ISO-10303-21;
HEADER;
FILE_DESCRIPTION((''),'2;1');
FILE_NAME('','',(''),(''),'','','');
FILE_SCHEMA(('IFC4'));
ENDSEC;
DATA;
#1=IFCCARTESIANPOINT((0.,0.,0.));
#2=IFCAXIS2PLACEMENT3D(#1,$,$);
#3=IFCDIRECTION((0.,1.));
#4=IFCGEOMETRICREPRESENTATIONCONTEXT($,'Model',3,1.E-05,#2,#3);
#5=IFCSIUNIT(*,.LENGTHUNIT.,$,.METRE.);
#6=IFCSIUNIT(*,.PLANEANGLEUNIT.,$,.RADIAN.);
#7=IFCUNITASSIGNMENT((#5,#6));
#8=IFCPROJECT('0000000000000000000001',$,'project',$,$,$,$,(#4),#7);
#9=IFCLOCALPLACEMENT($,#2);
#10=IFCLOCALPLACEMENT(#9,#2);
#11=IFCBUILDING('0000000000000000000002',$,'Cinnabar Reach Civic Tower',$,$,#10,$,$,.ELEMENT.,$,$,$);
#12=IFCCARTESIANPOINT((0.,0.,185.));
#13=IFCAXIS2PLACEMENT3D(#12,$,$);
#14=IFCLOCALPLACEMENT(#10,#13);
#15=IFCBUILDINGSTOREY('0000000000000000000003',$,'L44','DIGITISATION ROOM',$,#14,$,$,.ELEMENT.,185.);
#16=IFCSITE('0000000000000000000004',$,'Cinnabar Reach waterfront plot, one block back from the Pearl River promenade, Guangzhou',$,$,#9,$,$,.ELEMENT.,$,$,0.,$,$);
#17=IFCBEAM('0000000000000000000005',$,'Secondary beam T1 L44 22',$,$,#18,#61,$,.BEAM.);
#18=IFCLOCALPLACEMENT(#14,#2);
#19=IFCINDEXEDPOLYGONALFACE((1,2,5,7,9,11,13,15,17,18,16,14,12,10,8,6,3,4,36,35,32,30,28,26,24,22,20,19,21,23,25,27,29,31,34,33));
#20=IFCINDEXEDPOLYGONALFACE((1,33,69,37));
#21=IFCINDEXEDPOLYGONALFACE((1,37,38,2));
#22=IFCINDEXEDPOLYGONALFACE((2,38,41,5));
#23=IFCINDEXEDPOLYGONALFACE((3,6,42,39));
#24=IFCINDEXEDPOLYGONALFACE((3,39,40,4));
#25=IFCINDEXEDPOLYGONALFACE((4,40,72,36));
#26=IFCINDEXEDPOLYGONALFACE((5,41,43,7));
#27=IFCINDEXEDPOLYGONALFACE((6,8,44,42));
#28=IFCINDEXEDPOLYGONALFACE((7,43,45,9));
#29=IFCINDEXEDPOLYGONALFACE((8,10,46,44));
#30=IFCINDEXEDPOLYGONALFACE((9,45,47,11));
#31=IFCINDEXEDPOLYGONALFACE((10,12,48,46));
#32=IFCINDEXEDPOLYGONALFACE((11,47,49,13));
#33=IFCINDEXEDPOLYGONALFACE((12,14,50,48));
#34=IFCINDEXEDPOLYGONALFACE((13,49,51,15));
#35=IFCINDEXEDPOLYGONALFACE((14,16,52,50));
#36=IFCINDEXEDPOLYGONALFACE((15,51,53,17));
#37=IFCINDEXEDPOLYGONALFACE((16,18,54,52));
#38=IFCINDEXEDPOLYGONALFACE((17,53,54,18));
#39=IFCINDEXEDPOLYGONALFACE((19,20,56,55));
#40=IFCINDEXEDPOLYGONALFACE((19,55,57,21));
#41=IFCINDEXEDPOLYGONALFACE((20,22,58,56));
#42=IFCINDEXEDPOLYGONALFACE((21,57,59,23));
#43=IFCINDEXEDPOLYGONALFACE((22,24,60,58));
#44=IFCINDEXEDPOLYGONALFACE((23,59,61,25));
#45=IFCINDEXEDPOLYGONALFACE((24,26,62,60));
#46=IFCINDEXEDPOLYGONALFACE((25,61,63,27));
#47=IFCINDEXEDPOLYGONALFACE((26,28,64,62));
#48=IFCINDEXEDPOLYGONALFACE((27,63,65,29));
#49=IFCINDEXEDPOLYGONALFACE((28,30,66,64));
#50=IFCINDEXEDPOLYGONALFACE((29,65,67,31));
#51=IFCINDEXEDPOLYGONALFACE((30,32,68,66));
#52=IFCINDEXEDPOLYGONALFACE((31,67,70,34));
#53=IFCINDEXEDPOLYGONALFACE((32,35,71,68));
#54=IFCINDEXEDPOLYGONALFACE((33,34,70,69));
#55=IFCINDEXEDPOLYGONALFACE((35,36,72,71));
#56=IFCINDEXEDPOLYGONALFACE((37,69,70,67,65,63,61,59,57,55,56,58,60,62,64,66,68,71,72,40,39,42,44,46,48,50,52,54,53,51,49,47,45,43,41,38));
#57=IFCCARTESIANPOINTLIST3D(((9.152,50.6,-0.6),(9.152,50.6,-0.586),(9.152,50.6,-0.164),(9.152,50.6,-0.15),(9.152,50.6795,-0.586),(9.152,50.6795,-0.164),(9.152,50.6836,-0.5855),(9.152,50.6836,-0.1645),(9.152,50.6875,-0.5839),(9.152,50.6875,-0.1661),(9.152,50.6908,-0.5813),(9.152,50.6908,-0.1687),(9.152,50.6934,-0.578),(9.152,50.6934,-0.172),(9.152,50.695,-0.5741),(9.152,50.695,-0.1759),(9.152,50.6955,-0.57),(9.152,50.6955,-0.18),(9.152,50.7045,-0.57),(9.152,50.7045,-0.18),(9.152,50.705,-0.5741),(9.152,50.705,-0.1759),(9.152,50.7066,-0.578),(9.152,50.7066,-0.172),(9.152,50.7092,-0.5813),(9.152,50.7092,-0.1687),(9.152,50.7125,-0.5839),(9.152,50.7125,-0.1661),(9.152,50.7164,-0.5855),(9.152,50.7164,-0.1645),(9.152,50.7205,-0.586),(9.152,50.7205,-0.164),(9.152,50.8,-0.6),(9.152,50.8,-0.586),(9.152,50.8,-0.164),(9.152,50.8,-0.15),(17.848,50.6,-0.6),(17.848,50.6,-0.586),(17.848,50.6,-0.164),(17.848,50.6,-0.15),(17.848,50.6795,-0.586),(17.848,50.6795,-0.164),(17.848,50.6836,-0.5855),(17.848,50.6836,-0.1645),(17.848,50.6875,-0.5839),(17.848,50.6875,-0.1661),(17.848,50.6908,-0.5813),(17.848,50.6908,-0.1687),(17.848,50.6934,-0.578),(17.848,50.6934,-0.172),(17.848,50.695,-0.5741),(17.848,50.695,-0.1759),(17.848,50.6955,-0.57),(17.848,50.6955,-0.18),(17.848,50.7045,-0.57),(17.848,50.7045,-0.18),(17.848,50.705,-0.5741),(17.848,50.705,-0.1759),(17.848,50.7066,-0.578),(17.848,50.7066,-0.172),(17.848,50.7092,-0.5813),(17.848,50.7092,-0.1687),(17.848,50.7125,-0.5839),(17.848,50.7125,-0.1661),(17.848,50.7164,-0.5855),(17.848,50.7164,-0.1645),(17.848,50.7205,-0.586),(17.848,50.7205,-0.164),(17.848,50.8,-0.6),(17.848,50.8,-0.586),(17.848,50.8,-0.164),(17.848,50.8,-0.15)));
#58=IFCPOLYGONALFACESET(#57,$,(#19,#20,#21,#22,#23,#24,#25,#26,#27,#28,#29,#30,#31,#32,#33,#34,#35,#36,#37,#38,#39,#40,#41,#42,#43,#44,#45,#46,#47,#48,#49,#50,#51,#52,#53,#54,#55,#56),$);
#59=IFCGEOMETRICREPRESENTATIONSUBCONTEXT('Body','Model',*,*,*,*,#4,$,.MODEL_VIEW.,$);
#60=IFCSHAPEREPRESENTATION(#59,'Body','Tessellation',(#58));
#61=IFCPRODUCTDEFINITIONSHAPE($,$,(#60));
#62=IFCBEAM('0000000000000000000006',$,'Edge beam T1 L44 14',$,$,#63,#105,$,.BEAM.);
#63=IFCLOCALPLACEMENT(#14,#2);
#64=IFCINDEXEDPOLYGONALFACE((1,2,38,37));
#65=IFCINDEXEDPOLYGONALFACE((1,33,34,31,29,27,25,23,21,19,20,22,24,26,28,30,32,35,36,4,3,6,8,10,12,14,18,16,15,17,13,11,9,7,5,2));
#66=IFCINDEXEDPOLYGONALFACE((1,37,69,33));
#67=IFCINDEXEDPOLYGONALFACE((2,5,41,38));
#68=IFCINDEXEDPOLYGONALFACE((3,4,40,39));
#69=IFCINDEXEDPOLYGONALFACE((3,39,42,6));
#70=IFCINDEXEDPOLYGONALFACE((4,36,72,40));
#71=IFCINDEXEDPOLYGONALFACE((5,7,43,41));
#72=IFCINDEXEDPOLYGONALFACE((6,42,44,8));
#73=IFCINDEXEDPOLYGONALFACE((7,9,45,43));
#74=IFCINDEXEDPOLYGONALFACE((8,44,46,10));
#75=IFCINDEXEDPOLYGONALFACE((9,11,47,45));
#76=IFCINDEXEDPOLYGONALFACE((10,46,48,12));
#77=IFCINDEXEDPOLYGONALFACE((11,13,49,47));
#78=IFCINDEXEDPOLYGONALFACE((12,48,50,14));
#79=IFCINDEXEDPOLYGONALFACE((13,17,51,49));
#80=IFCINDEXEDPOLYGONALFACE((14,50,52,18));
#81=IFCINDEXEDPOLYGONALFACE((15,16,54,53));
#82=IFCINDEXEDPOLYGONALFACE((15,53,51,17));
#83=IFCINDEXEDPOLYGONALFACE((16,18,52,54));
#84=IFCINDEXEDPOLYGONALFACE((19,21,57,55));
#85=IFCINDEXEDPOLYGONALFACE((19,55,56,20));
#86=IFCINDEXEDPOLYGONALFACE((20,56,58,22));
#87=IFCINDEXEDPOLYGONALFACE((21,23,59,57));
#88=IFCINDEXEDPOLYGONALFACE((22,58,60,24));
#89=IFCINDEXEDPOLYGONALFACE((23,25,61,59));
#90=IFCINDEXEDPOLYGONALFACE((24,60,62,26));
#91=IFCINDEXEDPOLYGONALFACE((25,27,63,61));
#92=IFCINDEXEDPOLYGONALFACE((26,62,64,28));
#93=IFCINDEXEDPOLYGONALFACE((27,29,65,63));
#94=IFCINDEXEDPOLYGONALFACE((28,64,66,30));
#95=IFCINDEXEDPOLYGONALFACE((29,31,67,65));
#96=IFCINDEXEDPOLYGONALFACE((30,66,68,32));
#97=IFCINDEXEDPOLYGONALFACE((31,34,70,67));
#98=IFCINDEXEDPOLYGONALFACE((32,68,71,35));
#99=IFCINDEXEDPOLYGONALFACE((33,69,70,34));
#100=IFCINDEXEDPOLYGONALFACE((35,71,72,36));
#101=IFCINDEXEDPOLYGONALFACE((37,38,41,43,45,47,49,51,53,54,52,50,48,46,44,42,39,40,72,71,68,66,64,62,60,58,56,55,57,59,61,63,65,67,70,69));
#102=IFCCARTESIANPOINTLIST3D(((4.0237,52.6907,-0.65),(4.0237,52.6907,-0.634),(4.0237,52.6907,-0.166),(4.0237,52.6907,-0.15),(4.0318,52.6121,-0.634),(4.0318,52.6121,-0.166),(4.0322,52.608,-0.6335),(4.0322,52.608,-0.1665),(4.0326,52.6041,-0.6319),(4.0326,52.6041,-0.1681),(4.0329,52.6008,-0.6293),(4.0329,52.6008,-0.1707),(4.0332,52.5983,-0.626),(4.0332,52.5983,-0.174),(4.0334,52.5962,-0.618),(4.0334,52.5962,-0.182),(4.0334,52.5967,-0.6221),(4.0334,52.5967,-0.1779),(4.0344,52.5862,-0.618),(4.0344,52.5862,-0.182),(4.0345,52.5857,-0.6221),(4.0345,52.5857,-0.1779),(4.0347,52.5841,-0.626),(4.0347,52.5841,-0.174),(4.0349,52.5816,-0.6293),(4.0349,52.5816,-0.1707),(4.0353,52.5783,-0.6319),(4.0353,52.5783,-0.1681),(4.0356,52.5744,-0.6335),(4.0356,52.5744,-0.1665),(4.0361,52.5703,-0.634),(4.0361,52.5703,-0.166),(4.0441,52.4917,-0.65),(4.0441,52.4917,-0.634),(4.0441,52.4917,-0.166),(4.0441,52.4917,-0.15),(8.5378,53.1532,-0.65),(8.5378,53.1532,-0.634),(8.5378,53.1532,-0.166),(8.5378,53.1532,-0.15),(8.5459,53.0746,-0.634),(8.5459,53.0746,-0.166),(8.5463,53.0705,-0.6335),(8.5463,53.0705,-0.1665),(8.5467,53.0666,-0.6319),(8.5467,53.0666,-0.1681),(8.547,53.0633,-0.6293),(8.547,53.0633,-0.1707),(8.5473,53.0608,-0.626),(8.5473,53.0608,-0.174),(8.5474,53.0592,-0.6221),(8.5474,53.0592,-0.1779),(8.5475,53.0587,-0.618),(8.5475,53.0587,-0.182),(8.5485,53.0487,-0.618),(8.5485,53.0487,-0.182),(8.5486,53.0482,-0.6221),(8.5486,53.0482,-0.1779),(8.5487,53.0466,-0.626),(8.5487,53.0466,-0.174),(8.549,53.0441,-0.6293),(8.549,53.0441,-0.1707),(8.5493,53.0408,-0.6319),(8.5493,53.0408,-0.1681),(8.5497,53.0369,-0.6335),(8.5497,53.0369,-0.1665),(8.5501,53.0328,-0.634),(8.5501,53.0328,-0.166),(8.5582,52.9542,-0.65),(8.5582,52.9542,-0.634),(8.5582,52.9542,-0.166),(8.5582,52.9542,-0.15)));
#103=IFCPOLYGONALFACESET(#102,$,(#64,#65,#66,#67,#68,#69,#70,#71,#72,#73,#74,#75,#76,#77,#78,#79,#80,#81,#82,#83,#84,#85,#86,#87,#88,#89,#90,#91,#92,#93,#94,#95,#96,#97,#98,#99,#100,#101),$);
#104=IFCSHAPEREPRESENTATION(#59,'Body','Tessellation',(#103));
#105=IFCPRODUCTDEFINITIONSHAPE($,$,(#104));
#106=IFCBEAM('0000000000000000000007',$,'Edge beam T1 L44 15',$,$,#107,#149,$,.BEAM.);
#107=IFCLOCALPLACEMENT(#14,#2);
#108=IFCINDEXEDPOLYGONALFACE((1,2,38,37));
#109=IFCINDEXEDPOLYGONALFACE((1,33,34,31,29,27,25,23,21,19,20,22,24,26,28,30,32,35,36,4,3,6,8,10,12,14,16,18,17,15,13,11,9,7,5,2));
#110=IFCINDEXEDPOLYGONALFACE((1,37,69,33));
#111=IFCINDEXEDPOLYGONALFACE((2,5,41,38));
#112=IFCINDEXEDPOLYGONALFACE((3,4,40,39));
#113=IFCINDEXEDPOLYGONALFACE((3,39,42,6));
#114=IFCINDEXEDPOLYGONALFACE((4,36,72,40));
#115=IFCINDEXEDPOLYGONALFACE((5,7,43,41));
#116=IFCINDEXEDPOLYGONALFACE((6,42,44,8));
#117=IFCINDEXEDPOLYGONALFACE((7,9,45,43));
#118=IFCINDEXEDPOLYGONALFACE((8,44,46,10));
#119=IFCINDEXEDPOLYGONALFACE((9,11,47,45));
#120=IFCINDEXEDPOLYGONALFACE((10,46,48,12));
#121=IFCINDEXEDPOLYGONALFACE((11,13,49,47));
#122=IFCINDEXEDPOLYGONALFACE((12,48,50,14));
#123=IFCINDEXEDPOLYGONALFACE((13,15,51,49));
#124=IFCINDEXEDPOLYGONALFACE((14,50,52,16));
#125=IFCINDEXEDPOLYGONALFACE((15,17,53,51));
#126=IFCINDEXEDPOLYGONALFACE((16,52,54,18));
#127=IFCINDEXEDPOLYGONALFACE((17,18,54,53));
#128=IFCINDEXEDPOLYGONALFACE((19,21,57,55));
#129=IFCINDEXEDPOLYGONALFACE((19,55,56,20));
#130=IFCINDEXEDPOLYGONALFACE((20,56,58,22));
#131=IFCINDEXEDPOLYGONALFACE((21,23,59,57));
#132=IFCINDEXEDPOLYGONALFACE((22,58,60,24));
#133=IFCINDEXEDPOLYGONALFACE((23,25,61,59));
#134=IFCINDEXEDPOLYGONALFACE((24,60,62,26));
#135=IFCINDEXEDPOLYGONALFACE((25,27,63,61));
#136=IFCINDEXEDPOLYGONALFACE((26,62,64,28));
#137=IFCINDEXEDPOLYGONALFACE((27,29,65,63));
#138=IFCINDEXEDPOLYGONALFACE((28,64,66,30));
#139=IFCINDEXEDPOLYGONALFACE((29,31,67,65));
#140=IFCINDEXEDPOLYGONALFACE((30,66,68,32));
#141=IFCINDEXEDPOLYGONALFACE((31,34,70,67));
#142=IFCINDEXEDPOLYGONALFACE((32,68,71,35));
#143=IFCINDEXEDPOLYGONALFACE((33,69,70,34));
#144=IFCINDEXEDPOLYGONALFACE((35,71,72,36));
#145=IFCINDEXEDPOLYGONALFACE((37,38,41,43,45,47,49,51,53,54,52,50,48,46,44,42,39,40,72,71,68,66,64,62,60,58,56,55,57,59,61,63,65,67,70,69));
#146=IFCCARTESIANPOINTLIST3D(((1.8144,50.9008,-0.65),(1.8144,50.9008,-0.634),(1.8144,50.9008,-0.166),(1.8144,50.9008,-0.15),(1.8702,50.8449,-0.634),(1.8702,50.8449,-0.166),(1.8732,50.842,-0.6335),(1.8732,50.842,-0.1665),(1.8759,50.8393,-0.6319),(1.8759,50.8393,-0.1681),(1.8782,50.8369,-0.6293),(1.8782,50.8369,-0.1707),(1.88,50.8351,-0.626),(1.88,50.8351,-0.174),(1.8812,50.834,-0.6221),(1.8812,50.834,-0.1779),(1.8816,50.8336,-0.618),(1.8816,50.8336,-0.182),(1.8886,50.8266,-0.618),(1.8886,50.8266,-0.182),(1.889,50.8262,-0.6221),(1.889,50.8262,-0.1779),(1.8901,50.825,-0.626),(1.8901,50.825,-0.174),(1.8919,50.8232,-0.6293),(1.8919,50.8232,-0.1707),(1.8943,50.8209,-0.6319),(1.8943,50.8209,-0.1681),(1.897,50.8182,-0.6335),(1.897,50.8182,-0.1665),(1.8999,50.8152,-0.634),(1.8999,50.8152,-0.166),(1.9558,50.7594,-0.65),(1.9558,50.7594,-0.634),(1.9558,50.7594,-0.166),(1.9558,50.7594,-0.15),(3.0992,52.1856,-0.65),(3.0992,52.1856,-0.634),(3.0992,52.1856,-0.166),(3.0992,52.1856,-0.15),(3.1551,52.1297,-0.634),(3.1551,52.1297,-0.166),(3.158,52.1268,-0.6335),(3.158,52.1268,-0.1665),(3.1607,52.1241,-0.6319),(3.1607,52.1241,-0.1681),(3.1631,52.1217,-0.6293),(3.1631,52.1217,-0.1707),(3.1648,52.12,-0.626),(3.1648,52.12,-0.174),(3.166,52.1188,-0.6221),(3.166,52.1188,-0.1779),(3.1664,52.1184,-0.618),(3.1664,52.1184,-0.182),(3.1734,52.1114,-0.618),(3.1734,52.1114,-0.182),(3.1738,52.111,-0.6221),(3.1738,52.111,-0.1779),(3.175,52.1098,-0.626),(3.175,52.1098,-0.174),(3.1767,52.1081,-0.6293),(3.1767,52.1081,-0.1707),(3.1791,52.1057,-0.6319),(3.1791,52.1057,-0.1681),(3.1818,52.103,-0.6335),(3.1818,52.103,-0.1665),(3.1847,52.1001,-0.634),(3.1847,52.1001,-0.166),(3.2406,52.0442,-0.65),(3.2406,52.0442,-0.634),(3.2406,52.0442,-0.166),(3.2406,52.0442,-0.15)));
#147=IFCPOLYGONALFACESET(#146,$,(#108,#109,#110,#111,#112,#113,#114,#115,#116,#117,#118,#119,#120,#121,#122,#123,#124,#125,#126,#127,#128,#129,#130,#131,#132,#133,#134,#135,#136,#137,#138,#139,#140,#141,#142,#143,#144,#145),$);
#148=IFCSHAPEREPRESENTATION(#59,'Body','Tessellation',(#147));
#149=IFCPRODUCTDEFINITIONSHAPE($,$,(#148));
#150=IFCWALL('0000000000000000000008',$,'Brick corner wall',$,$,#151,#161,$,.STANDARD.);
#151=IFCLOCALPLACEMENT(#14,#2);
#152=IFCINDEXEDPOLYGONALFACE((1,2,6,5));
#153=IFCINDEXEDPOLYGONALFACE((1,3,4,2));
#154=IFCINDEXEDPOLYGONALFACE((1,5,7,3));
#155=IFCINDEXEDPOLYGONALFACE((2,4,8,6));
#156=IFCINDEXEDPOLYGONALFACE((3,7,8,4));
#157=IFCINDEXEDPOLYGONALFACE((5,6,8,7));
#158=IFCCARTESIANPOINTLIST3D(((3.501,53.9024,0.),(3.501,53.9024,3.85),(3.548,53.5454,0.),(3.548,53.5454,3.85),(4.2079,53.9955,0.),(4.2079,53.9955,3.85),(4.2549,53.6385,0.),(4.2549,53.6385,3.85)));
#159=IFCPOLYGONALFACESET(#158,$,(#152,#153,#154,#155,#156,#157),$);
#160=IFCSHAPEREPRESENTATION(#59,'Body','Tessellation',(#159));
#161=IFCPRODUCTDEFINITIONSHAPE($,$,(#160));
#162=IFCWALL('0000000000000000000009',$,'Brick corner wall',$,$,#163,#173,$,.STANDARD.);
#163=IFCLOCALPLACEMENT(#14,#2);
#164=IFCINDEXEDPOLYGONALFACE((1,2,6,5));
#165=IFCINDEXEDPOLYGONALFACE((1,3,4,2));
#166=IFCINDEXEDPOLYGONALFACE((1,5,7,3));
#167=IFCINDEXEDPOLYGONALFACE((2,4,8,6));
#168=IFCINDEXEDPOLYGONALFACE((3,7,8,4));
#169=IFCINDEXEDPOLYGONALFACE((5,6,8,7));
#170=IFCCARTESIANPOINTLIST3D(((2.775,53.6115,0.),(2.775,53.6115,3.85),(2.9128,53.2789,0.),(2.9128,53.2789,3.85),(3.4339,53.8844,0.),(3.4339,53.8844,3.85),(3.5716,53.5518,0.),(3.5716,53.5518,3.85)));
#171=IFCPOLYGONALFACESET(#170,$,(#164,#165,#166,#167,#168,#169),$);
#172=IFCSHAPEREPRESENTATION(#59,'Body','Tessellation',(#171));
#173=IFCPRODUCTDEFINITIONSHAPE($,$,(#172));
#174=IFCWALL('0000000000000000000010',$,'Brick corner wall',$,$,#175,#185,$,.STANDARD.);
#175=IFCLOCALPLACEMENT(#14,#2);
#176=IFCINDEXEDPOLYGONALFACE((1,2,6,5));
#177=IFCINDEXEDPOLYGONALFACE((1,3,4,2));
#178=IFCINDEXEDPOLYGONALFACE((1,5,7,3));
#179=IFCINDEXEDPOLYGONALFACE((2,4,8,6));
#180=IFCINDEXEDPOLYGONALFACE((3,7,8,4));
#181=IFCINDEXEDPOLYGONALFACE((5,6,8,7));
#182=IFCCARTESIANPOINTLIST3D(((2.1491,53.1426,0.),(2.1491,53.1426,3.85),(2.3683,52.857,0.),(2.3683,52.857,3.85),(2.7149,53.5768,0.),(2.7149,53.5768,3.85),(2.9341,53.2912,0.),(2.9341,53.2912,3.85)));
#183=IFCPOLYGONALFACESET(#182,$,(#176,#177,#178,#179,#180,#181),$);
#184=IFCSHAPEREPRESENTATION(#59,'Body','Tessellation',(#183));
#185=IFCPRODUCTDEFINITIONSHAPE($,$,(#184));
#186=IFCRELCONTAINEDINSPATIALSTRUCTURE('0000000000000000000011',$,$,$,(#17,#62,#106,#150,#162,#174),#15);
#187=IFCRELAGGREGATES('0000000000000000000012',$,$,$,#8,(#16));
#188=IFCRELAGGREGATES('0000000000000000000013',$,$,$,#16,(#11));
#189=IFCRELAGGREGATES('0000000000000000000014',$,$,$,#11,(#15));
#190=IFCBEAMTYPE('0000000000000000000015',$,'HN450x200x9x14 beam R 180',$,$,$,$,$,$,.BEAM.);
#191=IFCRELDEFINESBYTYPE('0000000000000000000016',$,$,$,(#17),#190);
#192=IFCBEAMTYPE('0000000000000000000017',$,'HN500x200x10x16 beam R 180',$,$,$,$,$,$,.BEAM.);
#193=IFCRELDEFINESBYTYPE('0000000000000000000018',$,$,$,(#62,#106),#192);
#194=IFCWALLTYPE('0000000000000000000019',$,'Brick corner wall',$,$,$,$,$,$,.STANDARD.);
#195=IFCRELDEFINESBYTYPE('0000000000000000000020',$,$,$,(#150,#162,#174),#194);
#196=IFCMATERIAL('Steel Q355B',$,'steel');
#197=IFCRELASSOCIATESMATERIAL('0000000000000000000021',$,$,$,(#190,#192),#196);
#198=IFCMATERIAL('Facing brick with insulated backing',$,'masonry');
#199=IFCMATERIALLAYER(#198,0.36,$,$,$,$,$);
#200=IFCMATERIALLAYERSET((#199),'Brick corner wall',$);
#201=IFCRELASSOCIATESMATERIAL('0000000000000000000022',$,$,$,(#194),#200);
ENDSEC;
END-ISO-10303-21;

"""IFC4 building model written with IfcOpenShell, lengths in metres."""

from ifc_helpers import new_model, si_unit, direction, frame, frame_2d, origin, origin_2d, place, context, subcontext, project, spatial, rectangle, i_section, extrude, material, layer, layer_set, material_profile, profile_set, type_object, element, save


model = new_model("IFC4")

# Units and contexts
model_context = context("Model", 3, precision=1e-05, world=origin(), true_north=direction((0.0, 1.0)))
body_context = subcontext(model_context, "Body", "Model", "MODEL_VIEW")
ifc_project = project(units=[si_unit("LENGTHUNIT", "METRE"), si_unit("PLANEANGLEUNIT", "RADIAN")], contexts=[model_context])

# Site, building, storey
site_placement = place(None, origin())
site = spatial("IfcSite", under=ifc_project, at=site_placement, Name="Cinnabar Reach waterfront plot, one block back from the Pearl River promenade, Guangzhou", CompositionType="ELEMENT", RefElevation=0.0)
building_placement = place(site_placement, origin())
building = spatial("IfcBuilding", under=site, at=building_placement, Name="Cinnabar Reach Civic Tower", CompositionType="ELEMENT")
storey_placement = place(building_placement, frame((0.0, 0.0, 185.0)))
storey = spatial("IfcBuildingStorey", under=building, at=storey_placement, Name="L44", Description="DIGITISATION ROOM", CompositionType="ELEMENT", Elevation=185.0)

# Beams
ifc_material_1 = material(Name="Steel Q355B", Category="steel")
ifc_material_profile_1 = material_profile(ifc_material_1, i_section(OverallWidth=0.2, OverallDepth=0.45, WebThickness=0.009, FlangeThickness=0.014, FilletRadius=0.016, at=origin_2d()), Name="HN450x200x9x14")
ifc_profile_set_1 = profile_set([ifc_material_profile_1], Name="Steel Q355B")
beam_type_1 = type_object("IfcBeamType", Name="HN450x200x9x14 beam R 180", PredefinedType="BEAM", material=ifc_profile_set_1)
for number, where, z_axis, x_axis, name in (
    (1, (9.152, 50.7, -0.375), (1.0, 0.0, 0.0), (0.0, 1.0, 0.0), "Secondary beam T1 L44 22"),
):
    element("IfcBeam", number, at=place(storey_placement, frame(where, z_axis=z_axis, x_axis=x_axis)), inside=storey, type_object=beam_type_1, Name=name, PredefinedType="BEAM", context=body_context, shape_type="SweptSolid", body=[
        extrude(i_section(OverallWidth=0.2, OverallDepth=0.45, WebThickness=0.009, FlangeThickness=0.014, FilletRadius=0.016, at=origin_2d()), origin(), (0.0, 0.0, 1.0), 8.696),
    ])
ifc_material_profile_2 = material_profile(ifc_material_1, i_section(OverallWidth=0.2, OverallDepth=0.5, WebThickness=0.01, FlangeThickness=0.016, FilletRadius=0.016, at=origin_2d()), Name="HN500x200x10x16")
ifc_profile_set_2 = profile_set([ifc_material_profile_2], Name="Steel Q355B")
beam_type_2 = type_object("IfcBeamType", Name="HN500x200x10x16 beam R 180", PredefinedType="BEAM", material=ifc_profile_set_2)
beam_1_placement = place(storey_placement, frame((8.548, 53.0537, -0.4), z_axis=(-0.994792, -0.101923, 0.0), x_axis=(0.101923, -0.994792, 0.0)))
element("IfcBeam", 2, at=beam_1_placement, inside=storey, type_object=beam_type_2, Name="Edge beam T1 L44 14", PredefinedType="BEAM", context=body_context, shape_type="SweptSolid", body=[
    extrude(i_section(OverallWidth=0.2, OverallDepth=0.5, WebThickness=0.01, FlangeThickness=0.016, FilletRadius=0.016, at=origin_2d()), origin(), (0.0, 0.0, 1.0), 4.5377),
])
beam_2_placement = place(storey_placement, frame((3.1699, 52.1149, -0.4), z_axis=(-0.707107, -0.707107, 0.0), x_axis=(0.707107, -0.707107, 0.0)))
element("IfcBeam", 3, at=beam_2_placement, inside=storey, type_object=beam_type_2, Name="Edge beam T1 L44 15", PredefinedType="BEAM", context=body_context, shape_type="SweptSolid", body=[
    extrude(i_section(OverallWidth=0.2, OverallDepth=0.5, WebThickness=0.01, FlangeThickness=0.016, FilletRadius=0.016, at=origin_2d()), origin(), (0.0, 0.0, 1.0), 1.817),
])

# Walls
ifc_material_2 = material(Name="Facing brick with insulated backing", Category="masonry")
ifc_layer_1 = layer(ifc_material_2, 0.36)
ifc_layer_set_1 = layer_set([ifc_layer_1], Name="Brick corner wall")
wall_type_1 = type_object("IfcWallType", Name="Brick corner wall", PredefinedType="STANDARD", material=ifc_layer_set_1)
for number, where, z_axis, x_axis, name in (
    (4, (4.2314, 53.817, 0.0), (0.0, 0.0, 1.0), (-0.991441, -0.130556, 0.0), "Brick corner wall"),
    (5, (3.5027, 53.7181, 0.0), (0.0, 0.0, 1.0), (-0.923872, -0.382703, 0.0), "Brick corner wall"),
):
    element("IfcWall", number, at=place(storey_placement, frame(where, z_axis=z_axis, x_axis=x_axis)), inside=storey, type_object=wall_type_1, Name=name, PredefinedType="STANDARD", context=body_context, shape_type="SweptSolid", body=[
        extrude(rectangle(XDim=0.7131, YDim=0.36, at=frame_2d((0.3565, 0.0))), origin(), (0.0, 0.0, 1.0), 3.85),
    ])
wall_1_placement = place(storey_placement, frame((2.8245, 53.434, 0.0), z_axis=(0.0, 0.0, 1.0), x_axis=(-0.793322, -0.608802, 0.0)))
element("IfcWall", 6, at=wall_1_placement, inside=storey, type_object=wall_type_1, Name="Brick corner wall", PredefinedType="STANDARD", context=body_context, shape_type="SweptSolid", body=[
    extrude(rectangle(XDim=0.7132, YDim=0.36, at=frame_2d((0.3566, 0.0))), origin(), (0.0, 0.0, 1.0), 3.85),
])

save(model, "model.ifc")
